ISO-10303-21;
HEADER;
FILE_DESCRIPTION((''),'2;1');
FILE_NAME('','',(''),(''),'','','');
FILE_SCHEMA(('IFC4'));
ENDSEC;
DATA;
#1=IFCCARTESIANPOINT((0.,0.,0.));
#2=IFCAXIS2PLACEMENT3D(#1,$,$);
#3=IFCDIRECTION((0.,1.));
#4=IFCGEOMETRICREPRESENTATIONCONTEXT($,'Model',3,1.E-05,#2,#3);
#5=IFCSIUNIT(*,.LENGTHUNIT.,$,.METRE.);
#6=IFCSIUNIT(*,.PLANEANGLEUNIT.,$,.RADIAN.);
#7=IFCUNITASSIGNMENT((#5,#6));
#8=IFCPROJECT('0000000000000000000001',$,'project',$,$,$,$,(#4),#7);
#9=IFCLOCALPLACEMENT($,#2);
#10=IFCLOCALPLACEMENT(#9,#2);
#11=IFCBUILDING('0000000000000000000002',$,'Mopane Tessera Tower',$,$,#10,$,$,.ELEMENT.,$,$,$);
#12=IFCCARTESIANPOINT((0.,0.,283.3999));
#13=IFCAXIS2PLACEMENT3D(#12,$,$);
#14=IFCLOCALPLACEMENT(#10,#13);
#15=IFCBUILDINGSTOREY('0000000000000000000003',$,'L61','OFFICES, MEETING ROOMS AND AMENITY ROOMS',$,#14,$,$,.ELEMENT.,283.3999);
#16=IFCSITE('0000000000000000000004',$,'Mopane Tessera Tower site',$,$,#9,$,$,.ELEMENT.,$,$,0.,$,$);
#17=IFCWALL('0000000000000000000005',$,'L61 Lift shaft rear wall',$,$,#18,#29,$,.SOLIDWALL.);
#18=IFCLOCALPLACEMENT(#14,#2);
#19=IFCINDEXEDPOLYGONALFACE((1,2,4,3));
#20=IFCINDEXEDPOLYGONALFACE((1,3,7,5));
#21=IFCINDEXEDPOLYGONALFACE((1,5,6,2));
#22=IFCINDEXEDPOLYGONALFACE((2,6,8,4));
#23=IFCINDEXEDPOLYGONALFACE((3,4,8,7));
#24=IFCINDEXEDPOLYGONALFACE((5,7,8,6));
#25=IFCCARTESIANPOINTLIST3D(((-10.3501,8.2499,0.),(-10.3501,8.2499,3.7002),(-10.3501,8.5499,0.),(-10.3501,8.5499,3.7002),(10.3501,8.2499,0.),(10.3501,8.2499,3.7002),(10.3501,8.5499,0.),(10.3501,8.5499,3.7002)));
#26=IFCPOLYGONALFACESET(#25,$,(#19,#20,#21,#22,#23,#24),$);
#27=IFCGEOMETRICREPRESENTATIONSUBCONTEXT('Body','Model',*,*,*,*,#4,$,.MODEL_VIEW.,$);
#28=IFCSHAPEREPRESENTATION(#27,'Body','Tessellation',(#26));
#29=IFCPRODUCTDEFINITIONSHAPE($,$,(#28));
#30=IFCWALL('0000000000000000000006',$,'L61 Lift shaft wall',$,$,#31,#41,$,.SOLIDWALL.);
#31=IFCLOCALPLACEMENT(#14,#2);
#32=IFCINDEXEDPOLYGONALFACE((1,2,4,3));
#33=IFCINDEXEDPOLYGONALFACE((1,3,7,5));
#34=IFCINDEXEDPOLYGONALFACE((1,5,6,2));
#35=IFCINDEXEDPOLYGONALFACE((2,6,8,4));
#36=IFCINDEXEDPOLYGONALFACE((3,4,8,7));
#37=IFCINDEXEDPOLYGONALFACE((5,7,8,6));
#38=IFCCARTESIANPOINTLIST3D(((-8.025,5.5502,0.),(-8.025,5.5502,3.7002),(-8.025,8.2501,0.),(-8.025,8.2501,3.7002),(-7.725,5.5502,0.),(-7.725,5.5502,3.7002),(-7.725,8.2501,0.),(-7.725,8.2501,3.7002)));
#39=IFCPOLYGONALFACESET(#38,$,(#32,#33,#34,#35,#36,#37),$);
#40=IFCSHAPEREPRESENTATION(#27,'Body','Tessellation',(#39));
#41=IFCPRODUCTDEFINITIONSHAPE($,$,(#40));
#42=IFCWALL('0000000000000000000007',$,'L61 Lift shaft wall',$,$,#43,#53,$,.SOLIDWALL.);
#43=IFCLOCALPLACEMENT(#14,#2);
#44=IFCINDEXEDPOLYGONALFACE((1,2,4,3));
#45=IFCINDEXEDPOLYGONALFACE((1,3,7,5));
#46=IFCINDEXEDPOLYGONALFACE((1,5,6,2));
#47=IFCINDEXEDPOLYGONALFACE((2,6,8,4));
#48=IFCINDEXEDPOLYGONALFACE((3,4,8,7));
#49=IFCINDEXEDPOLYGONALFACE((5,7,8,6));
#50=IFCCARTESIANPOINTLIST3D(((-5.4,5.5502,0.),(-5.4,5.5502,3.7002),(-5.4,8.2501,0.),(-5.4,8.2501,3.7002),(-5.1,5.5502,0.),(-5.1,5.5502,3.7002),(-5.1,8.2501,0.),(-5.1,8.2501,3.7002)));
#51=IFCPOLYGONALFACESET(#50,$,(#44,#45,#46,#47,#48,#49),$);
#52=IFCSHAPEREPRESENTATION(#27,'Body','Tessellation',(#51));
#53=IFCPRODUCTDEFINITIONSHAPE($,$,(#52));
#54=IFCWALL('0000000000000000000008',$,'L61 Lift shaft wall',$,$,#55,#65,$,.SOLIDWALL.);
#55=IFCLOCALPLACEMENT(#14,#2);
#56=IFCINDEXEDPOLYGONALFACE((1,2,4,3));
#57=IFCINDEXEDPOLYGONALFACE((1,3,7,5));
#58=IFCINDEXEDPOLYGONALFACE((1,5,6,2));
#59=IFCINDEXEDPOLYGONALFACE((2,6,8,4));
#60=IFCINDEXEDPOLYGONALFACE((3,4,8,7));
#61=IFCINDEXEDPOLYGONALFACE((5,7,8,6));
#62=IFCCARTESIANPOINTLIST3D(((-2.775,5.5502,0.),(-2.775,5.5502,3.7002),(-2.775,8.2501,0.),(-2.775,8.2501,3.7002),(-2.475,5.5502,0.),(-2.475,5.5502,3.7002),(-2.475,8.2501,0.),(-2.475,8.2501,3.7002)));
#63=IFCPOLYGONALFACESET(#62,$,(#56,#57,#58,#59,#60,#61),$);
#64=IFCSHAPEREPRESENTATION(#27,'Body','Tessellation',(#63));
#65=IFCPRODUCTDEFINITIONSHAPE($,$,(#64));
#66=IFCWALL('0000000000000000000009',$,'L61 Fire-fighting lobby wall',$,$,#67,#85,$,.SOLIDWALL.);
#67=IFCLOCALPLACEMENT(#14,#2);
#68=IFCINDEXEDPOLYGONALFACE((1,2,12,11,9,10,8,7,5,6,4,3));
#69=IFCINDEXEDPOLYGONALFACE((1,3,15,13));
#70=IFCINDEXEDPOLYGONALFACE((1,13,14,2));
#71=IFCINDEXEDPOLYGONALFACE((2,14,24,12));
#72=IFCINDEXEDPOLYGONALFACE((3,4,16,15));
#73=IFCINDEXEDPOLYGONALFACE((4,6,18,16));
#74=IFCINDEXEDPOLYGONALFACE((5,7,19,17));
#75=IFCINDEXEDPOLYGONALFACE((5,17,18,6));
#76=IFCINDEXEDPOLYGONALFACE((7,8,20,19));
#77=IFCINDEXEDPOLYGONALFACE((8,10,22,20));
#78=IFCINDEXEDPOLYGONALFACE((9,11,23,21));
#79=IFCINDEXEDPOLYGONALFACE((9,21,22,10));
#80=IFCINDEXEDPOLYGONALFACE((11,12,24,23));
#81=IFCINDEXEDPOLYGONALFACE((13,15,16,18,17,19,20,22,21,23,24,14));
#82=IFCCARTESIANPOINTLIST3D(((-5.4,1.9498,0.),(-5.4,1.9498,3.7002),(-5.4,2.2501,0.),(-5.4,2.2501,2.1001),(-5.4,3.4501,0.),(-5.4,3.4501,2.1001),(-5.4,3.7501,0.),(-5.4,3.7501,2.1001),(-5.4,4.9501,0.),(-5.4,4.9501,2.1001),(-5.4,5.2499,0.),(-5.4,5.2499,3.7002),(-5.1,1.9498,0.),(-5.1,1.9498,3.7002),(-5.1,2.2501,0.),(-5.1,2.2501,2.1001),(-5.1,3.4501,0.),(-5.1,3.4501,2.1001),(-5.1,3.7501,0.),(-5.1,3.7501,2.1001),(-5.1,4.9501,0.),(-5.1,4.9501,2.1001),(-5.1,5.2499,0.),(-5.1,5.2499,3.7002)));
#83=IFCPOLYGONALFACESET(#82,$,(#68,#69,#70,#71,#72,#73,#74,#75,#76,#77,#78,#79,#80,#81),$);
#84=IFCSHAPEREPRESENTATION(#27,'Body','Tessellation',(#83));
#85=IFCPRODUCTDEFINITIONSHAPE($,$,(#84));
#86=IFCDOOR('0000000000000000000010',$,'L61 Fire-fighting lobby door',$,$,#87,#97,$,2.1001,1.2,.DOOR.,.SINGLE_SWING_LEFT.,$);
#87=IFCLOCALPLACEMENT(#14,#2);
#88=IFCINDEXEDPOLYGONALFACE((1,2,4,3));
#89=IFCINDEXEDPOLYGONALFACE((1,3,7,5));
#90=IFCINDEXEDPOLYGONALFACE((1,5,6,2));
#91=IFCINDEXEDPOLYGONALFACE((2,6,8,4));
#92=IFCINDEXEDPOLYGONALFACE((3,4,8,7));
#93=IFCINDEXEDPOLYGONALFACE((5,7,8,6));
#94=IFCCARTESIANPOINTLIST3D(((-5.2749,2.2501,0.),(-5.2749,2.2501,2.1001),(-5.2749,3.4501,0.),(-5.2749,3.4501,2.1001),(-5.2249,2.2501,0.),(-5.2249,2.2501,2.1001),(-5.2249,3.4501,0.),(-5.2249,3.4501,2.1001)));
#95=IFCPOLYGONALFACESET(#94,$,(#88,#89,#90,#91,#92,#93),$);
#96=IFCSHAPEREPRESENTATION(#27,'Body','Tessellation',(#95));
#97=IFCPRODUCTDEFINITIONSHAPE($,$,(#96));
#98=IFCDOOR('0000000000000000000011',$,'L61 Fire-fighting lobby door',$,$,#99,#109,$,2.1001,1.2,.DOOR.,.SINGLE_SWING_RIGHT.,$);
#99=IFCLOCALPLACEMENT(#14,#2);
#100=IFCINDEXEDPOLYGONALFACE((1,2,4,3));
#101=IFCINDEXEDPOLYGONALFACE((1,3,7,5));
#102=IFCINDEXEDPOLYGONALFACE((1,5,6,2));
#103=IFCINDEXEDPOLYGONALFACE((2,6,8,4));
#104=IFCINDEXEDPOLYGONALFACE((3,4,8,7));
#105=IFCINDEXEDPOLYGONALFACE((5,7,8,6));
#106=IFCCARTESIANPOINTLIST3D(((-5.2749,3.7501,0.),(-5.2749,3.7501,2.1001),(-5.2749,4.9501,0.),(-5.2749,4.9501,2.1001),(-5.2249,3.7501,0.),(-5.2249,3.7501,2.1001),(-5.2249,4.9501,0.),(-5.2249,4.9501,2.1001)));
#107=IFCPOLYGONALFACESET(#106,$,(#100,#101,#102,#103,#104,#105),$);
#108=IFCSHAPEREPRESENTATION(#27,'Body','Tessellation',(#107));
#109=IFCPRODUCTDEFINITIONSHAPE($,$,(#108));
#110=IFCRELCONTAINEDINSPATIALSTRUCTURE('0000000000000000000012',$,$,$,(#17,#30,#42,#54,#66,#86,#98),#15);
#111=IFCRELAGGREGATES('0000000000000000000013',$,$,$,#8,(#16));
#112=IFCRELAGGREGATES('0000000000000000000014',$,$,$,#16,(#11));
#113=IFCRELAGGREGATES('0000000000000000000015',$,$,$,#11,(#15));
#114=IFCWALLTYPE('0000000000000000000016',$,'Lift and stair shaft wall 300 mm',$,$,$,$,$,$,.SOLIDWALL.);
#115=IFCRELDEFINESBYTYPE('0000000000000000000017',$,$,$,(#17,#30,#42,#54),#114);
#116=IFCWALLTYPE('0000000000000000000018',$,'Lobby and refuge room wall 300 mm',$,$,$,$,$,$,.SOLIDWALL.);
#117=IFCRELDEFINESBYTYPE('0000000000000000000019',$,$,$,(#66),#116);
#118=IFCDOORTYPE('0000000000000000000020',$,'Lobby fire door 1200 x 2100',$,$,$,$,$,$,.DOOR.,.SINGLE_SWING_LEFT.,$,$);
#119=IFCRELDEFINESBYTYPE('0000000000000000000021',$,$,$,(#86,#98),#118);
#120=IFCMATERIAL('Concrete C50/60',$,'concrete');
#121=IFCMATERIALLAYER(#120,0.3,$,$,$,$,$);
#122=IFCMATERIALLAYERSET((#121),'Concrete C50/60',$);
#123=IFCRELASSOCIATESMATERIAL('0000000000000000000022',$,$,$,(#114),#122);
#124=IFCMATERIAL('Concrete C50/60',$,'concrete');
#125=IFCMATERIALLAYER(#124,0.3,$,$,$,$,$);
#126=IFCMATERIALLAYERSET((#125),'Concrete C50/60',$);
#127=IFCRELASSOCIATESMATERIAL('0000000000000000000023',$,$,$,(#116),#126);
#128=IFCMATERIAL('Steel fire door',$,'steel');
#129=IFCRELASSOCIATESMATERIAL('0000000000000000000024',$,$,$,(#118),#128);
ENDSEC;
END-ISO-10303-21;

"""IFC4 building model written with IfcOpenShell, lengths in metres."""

from ifc_helpers import new_model, si_unit, direction, frame, frame_2d, origin, place, context, subcontext, project, spatial, rectangle, extrude, material, layer, layer_set, type_object, element, fill, save


model = new_model("IFC4")

# Units and contexts
model_context = context("Model", 3, precision=1e-05, world=origin(), true_north=direction((0.0, 1.0)))
body_context = subcontext(model_context, "Body", "Model", "MODEL_VIEW")
ifc_project = project(units=[si_unit("LENGTHUNIT", "METRE"), si_unit("PLANEANGLEUNIT", "RADIAN")], contexts=[model_context])

# Site, building, storey
site_placement = place(None, origin())
site = spatial("IfcSite", under=ifc_project, at=site_placement, Name="Mopane Tessera Tower site", CompositionType="ELEMENT", RefElevation=0.0)
building_placement = place(site_placement, origin())
building = spatial("IfcBuilding", under=site, at=building_placement, Name="Mopane Tessera Tower", CompositionType="ELEMENT")
storey_placement = place(building_placement, frame((0.0, 0.0, 283.3999)))
storey = spatial("IfcBuildingStorey", under=building, at=storey_placement, Name="L61", Description="OFFICES, MEETING ROOMS AND AMENITY ROOMS", CompositionType="ELEMENT", Elevation=283.3999)

# Shared definitions
ifc_material_1 = material(Name="Concrete C50/60", Category="concrete")
ifc_layer_1 = layer(ifc_material_1, 0.3)
ifc_layer_set_1 = layer_set([ifc_layer_1], Name="Concrete C50/60")
wall_type_1 = type_object("IfcWallType", Name="Lift and stair shaft wall 300 mm", PredefinedType="SOLIDWALL", material=ifc_layer_set_1)

# Walls
wall_1_placement = place(storey_placement, frame((-10.3501, 8.3999, 0.0), z_axis=(0.0, 0.0, 1.0), x_axis=(1.0, 0.0, 0.0)))
element("IfcWall", 1, at=wall_1_placement, inside=storey, type_object=wall_type_1, Name="L61 Lift shaft rear wall", PredefinedType="SOLIDWALL", context=body_context, shape_type="SweptSolid", body=[
    extrude(rectangle(XDim=20.7002, YDim=0.3, at=frame_2d((10.3501, 0.0))), origin(), (0.0, 0.0, 1.0), 3.7002),
])
for number, where, z_axis, x_axis, name in (
    (2, (-7.875, 5.55, 0.0), (0.0, 0.0, 1.0), (0.0, 1.0, 0.0), "L61 Lift shaft wall"),
    (3, (-5.25, 5.55, 0.0), (0.0, 0.0, 1.0), (0.0, 1.0, 0.0), "L61 Lift shaft wall"),
    (4, (-2.625, 5.55, 0.0), (0.0, 0.0, 1.0), (0.0, 1.0, 0.0), "L61 Lift shaft wall"),
):
    element("IfcWall", number, at=place(storey_placement, frame(where, z_axis=z_axis, x_axis=x_axis)), inside=storey, type_object=wall_type_1, Name=name, PredefinedType="SOLIDWALL", context=body_context, shape_type="SweptSolid", body=[
        extrude(rectangle(XDim=2.7, YDim=0.3, at=frame_2d((1.3501, 0.0))), origin(), (0.0, 0.0, 1.0), 3.7002),
    ])

# Wall, openings, doors
ifc_material_2 = material(Name="Concrete C50/60", Category="concrete")
ifc_layer_2 = layer(ifc_material_2, 0.3)
ifc_layer_set_2 = layer_set([ifc_layer_2], Name="Concrete C50/60")
wall_type_2 = type_object("IfcWallType", Name="Lobby and refuge room wall 300 mm", PredefinedType="SOLIDWALL", material=ifc_layer_set_2)
wall_2_placement = place(storey_placement, frame((-5.25, 1.95, 0.0), z_axis=(0.0, 0.0, 1.0), x_axis=(0.0, 1.0, 0.0)))
wall_2 = element("IfcWall", 5, at=wall_2_placement, inside=storey, type_object=wall_type_2, Name="L61 Fire-fighting lobby wall", PredefinedType="SOLIDWALL", context=body_context, shape_type="SweptSolid", body=[
    extrude(rectangle(XDim=3.3, YDim=0.3, at=frame_2d((1.6499, 0.0))), origin(), (0.0, 0.0, 1.0), 3.7002),
])
opening_1_placement = place(wall_2_placement, frame((0.3, 0.0, 0.0)))
opening_1 = element("IfcOpeningElement", 6, at=opening_1_placement, cuts=wall_2, PredefinedType="OPENING", context=body_context, shape_type="SweptSolid", body=[
    extrude(rectangle(XDim=1.2, YDim=2.1001, at=frame_2d((0.6001, 1.05))), frame((0.0, 0.1621, 0.0), z_axis=(0.0, -1.0, 0.0), x_axis=(1.0, 0.0, 0.0)), (0.0, 0.0, 1.0), 0.324),
])
opening_2_placement = place(wall_2_placement, frame((1.8, 0.0, 0.0)))
opening_2 = element("IfcOpeningElement", 7, at=opening_2_placement, cuts=wall_2, PredefinedType="OPENING", context=body_context, shape_type="SweptSolid", body=[
    extrude(rectangle(XDim=1.2, YDim=2.1001, at=frame_2d((0.6001, 1.05))), frame((0.0, 0.1621, 0.0), z_axis=(0.0, -1.0, 0.0), x_axis=(1.0, 0.0, 0.0)), (0.0, 0.0, 1.0), 0.324),
])
ifc_material_3 = material(Name="Steel fire door", Category="steel")
door_type_1 = type_object("IfcDoorType", Name="Lobby fire door 1200 x 2100", OperationType="SINGLE_SWING_LEFT", PredefinedType="DOOR", material=ifc_material_3)
door_1_placement = place(opening_1_placement, origin())
door_1 = element("IfcDoor", 8, at=door_1_placement, inside=storey, type_object=door_type_1, Name="L61 Fire-fighting lobby door", OperationType="SINGLE_SWING_LEFT", OverallHeight=2.1001, OverallWidth=1.2, PredefinedType="DOOR", context=body_context, shape_type="SweptSolid", body=[
    extrude(rectangle(XDim=1.2, YDim=2.1001, at=frame_2d((0.6001, 1.05))), frame((0.0, 0.0249, 0.0), z_axis=(0.0, -1.0, 0.0), x_axis=(1.0, 0.0, 0.0)), (0.0, 0.0, 1.0), 0.05),
])
fill(opening_1, door_1)
door_2_placement = place(opening_2_placement, origin())
door_2 = element("IfcDoor", 9, at=door_2_placement, inside=storey, type_object=door_type_1, Name="L61 Fire-fighting lobby door", OperationType="SINGLE_SWING_RIGHT", OverallHeight=2.1001, OverallWidth=1.2, PredefinedType="DOOR", context=body_context, shape_type="SweptSolid", body=[
    extrude(rectangle(XDim=1.2, YDim=2.1001, at=frame_2d((0.6001, 1.05))), frame((0.0, 0.0249, 0.0), z_axis=(0.0, -1.0, 0.0), x_axis=(1.0, 0.0, 0.0)), (0.0, 0.0, 1.0), 0.05),
])
fill(opening_2, door_2)

save(model, "model.ifc")
